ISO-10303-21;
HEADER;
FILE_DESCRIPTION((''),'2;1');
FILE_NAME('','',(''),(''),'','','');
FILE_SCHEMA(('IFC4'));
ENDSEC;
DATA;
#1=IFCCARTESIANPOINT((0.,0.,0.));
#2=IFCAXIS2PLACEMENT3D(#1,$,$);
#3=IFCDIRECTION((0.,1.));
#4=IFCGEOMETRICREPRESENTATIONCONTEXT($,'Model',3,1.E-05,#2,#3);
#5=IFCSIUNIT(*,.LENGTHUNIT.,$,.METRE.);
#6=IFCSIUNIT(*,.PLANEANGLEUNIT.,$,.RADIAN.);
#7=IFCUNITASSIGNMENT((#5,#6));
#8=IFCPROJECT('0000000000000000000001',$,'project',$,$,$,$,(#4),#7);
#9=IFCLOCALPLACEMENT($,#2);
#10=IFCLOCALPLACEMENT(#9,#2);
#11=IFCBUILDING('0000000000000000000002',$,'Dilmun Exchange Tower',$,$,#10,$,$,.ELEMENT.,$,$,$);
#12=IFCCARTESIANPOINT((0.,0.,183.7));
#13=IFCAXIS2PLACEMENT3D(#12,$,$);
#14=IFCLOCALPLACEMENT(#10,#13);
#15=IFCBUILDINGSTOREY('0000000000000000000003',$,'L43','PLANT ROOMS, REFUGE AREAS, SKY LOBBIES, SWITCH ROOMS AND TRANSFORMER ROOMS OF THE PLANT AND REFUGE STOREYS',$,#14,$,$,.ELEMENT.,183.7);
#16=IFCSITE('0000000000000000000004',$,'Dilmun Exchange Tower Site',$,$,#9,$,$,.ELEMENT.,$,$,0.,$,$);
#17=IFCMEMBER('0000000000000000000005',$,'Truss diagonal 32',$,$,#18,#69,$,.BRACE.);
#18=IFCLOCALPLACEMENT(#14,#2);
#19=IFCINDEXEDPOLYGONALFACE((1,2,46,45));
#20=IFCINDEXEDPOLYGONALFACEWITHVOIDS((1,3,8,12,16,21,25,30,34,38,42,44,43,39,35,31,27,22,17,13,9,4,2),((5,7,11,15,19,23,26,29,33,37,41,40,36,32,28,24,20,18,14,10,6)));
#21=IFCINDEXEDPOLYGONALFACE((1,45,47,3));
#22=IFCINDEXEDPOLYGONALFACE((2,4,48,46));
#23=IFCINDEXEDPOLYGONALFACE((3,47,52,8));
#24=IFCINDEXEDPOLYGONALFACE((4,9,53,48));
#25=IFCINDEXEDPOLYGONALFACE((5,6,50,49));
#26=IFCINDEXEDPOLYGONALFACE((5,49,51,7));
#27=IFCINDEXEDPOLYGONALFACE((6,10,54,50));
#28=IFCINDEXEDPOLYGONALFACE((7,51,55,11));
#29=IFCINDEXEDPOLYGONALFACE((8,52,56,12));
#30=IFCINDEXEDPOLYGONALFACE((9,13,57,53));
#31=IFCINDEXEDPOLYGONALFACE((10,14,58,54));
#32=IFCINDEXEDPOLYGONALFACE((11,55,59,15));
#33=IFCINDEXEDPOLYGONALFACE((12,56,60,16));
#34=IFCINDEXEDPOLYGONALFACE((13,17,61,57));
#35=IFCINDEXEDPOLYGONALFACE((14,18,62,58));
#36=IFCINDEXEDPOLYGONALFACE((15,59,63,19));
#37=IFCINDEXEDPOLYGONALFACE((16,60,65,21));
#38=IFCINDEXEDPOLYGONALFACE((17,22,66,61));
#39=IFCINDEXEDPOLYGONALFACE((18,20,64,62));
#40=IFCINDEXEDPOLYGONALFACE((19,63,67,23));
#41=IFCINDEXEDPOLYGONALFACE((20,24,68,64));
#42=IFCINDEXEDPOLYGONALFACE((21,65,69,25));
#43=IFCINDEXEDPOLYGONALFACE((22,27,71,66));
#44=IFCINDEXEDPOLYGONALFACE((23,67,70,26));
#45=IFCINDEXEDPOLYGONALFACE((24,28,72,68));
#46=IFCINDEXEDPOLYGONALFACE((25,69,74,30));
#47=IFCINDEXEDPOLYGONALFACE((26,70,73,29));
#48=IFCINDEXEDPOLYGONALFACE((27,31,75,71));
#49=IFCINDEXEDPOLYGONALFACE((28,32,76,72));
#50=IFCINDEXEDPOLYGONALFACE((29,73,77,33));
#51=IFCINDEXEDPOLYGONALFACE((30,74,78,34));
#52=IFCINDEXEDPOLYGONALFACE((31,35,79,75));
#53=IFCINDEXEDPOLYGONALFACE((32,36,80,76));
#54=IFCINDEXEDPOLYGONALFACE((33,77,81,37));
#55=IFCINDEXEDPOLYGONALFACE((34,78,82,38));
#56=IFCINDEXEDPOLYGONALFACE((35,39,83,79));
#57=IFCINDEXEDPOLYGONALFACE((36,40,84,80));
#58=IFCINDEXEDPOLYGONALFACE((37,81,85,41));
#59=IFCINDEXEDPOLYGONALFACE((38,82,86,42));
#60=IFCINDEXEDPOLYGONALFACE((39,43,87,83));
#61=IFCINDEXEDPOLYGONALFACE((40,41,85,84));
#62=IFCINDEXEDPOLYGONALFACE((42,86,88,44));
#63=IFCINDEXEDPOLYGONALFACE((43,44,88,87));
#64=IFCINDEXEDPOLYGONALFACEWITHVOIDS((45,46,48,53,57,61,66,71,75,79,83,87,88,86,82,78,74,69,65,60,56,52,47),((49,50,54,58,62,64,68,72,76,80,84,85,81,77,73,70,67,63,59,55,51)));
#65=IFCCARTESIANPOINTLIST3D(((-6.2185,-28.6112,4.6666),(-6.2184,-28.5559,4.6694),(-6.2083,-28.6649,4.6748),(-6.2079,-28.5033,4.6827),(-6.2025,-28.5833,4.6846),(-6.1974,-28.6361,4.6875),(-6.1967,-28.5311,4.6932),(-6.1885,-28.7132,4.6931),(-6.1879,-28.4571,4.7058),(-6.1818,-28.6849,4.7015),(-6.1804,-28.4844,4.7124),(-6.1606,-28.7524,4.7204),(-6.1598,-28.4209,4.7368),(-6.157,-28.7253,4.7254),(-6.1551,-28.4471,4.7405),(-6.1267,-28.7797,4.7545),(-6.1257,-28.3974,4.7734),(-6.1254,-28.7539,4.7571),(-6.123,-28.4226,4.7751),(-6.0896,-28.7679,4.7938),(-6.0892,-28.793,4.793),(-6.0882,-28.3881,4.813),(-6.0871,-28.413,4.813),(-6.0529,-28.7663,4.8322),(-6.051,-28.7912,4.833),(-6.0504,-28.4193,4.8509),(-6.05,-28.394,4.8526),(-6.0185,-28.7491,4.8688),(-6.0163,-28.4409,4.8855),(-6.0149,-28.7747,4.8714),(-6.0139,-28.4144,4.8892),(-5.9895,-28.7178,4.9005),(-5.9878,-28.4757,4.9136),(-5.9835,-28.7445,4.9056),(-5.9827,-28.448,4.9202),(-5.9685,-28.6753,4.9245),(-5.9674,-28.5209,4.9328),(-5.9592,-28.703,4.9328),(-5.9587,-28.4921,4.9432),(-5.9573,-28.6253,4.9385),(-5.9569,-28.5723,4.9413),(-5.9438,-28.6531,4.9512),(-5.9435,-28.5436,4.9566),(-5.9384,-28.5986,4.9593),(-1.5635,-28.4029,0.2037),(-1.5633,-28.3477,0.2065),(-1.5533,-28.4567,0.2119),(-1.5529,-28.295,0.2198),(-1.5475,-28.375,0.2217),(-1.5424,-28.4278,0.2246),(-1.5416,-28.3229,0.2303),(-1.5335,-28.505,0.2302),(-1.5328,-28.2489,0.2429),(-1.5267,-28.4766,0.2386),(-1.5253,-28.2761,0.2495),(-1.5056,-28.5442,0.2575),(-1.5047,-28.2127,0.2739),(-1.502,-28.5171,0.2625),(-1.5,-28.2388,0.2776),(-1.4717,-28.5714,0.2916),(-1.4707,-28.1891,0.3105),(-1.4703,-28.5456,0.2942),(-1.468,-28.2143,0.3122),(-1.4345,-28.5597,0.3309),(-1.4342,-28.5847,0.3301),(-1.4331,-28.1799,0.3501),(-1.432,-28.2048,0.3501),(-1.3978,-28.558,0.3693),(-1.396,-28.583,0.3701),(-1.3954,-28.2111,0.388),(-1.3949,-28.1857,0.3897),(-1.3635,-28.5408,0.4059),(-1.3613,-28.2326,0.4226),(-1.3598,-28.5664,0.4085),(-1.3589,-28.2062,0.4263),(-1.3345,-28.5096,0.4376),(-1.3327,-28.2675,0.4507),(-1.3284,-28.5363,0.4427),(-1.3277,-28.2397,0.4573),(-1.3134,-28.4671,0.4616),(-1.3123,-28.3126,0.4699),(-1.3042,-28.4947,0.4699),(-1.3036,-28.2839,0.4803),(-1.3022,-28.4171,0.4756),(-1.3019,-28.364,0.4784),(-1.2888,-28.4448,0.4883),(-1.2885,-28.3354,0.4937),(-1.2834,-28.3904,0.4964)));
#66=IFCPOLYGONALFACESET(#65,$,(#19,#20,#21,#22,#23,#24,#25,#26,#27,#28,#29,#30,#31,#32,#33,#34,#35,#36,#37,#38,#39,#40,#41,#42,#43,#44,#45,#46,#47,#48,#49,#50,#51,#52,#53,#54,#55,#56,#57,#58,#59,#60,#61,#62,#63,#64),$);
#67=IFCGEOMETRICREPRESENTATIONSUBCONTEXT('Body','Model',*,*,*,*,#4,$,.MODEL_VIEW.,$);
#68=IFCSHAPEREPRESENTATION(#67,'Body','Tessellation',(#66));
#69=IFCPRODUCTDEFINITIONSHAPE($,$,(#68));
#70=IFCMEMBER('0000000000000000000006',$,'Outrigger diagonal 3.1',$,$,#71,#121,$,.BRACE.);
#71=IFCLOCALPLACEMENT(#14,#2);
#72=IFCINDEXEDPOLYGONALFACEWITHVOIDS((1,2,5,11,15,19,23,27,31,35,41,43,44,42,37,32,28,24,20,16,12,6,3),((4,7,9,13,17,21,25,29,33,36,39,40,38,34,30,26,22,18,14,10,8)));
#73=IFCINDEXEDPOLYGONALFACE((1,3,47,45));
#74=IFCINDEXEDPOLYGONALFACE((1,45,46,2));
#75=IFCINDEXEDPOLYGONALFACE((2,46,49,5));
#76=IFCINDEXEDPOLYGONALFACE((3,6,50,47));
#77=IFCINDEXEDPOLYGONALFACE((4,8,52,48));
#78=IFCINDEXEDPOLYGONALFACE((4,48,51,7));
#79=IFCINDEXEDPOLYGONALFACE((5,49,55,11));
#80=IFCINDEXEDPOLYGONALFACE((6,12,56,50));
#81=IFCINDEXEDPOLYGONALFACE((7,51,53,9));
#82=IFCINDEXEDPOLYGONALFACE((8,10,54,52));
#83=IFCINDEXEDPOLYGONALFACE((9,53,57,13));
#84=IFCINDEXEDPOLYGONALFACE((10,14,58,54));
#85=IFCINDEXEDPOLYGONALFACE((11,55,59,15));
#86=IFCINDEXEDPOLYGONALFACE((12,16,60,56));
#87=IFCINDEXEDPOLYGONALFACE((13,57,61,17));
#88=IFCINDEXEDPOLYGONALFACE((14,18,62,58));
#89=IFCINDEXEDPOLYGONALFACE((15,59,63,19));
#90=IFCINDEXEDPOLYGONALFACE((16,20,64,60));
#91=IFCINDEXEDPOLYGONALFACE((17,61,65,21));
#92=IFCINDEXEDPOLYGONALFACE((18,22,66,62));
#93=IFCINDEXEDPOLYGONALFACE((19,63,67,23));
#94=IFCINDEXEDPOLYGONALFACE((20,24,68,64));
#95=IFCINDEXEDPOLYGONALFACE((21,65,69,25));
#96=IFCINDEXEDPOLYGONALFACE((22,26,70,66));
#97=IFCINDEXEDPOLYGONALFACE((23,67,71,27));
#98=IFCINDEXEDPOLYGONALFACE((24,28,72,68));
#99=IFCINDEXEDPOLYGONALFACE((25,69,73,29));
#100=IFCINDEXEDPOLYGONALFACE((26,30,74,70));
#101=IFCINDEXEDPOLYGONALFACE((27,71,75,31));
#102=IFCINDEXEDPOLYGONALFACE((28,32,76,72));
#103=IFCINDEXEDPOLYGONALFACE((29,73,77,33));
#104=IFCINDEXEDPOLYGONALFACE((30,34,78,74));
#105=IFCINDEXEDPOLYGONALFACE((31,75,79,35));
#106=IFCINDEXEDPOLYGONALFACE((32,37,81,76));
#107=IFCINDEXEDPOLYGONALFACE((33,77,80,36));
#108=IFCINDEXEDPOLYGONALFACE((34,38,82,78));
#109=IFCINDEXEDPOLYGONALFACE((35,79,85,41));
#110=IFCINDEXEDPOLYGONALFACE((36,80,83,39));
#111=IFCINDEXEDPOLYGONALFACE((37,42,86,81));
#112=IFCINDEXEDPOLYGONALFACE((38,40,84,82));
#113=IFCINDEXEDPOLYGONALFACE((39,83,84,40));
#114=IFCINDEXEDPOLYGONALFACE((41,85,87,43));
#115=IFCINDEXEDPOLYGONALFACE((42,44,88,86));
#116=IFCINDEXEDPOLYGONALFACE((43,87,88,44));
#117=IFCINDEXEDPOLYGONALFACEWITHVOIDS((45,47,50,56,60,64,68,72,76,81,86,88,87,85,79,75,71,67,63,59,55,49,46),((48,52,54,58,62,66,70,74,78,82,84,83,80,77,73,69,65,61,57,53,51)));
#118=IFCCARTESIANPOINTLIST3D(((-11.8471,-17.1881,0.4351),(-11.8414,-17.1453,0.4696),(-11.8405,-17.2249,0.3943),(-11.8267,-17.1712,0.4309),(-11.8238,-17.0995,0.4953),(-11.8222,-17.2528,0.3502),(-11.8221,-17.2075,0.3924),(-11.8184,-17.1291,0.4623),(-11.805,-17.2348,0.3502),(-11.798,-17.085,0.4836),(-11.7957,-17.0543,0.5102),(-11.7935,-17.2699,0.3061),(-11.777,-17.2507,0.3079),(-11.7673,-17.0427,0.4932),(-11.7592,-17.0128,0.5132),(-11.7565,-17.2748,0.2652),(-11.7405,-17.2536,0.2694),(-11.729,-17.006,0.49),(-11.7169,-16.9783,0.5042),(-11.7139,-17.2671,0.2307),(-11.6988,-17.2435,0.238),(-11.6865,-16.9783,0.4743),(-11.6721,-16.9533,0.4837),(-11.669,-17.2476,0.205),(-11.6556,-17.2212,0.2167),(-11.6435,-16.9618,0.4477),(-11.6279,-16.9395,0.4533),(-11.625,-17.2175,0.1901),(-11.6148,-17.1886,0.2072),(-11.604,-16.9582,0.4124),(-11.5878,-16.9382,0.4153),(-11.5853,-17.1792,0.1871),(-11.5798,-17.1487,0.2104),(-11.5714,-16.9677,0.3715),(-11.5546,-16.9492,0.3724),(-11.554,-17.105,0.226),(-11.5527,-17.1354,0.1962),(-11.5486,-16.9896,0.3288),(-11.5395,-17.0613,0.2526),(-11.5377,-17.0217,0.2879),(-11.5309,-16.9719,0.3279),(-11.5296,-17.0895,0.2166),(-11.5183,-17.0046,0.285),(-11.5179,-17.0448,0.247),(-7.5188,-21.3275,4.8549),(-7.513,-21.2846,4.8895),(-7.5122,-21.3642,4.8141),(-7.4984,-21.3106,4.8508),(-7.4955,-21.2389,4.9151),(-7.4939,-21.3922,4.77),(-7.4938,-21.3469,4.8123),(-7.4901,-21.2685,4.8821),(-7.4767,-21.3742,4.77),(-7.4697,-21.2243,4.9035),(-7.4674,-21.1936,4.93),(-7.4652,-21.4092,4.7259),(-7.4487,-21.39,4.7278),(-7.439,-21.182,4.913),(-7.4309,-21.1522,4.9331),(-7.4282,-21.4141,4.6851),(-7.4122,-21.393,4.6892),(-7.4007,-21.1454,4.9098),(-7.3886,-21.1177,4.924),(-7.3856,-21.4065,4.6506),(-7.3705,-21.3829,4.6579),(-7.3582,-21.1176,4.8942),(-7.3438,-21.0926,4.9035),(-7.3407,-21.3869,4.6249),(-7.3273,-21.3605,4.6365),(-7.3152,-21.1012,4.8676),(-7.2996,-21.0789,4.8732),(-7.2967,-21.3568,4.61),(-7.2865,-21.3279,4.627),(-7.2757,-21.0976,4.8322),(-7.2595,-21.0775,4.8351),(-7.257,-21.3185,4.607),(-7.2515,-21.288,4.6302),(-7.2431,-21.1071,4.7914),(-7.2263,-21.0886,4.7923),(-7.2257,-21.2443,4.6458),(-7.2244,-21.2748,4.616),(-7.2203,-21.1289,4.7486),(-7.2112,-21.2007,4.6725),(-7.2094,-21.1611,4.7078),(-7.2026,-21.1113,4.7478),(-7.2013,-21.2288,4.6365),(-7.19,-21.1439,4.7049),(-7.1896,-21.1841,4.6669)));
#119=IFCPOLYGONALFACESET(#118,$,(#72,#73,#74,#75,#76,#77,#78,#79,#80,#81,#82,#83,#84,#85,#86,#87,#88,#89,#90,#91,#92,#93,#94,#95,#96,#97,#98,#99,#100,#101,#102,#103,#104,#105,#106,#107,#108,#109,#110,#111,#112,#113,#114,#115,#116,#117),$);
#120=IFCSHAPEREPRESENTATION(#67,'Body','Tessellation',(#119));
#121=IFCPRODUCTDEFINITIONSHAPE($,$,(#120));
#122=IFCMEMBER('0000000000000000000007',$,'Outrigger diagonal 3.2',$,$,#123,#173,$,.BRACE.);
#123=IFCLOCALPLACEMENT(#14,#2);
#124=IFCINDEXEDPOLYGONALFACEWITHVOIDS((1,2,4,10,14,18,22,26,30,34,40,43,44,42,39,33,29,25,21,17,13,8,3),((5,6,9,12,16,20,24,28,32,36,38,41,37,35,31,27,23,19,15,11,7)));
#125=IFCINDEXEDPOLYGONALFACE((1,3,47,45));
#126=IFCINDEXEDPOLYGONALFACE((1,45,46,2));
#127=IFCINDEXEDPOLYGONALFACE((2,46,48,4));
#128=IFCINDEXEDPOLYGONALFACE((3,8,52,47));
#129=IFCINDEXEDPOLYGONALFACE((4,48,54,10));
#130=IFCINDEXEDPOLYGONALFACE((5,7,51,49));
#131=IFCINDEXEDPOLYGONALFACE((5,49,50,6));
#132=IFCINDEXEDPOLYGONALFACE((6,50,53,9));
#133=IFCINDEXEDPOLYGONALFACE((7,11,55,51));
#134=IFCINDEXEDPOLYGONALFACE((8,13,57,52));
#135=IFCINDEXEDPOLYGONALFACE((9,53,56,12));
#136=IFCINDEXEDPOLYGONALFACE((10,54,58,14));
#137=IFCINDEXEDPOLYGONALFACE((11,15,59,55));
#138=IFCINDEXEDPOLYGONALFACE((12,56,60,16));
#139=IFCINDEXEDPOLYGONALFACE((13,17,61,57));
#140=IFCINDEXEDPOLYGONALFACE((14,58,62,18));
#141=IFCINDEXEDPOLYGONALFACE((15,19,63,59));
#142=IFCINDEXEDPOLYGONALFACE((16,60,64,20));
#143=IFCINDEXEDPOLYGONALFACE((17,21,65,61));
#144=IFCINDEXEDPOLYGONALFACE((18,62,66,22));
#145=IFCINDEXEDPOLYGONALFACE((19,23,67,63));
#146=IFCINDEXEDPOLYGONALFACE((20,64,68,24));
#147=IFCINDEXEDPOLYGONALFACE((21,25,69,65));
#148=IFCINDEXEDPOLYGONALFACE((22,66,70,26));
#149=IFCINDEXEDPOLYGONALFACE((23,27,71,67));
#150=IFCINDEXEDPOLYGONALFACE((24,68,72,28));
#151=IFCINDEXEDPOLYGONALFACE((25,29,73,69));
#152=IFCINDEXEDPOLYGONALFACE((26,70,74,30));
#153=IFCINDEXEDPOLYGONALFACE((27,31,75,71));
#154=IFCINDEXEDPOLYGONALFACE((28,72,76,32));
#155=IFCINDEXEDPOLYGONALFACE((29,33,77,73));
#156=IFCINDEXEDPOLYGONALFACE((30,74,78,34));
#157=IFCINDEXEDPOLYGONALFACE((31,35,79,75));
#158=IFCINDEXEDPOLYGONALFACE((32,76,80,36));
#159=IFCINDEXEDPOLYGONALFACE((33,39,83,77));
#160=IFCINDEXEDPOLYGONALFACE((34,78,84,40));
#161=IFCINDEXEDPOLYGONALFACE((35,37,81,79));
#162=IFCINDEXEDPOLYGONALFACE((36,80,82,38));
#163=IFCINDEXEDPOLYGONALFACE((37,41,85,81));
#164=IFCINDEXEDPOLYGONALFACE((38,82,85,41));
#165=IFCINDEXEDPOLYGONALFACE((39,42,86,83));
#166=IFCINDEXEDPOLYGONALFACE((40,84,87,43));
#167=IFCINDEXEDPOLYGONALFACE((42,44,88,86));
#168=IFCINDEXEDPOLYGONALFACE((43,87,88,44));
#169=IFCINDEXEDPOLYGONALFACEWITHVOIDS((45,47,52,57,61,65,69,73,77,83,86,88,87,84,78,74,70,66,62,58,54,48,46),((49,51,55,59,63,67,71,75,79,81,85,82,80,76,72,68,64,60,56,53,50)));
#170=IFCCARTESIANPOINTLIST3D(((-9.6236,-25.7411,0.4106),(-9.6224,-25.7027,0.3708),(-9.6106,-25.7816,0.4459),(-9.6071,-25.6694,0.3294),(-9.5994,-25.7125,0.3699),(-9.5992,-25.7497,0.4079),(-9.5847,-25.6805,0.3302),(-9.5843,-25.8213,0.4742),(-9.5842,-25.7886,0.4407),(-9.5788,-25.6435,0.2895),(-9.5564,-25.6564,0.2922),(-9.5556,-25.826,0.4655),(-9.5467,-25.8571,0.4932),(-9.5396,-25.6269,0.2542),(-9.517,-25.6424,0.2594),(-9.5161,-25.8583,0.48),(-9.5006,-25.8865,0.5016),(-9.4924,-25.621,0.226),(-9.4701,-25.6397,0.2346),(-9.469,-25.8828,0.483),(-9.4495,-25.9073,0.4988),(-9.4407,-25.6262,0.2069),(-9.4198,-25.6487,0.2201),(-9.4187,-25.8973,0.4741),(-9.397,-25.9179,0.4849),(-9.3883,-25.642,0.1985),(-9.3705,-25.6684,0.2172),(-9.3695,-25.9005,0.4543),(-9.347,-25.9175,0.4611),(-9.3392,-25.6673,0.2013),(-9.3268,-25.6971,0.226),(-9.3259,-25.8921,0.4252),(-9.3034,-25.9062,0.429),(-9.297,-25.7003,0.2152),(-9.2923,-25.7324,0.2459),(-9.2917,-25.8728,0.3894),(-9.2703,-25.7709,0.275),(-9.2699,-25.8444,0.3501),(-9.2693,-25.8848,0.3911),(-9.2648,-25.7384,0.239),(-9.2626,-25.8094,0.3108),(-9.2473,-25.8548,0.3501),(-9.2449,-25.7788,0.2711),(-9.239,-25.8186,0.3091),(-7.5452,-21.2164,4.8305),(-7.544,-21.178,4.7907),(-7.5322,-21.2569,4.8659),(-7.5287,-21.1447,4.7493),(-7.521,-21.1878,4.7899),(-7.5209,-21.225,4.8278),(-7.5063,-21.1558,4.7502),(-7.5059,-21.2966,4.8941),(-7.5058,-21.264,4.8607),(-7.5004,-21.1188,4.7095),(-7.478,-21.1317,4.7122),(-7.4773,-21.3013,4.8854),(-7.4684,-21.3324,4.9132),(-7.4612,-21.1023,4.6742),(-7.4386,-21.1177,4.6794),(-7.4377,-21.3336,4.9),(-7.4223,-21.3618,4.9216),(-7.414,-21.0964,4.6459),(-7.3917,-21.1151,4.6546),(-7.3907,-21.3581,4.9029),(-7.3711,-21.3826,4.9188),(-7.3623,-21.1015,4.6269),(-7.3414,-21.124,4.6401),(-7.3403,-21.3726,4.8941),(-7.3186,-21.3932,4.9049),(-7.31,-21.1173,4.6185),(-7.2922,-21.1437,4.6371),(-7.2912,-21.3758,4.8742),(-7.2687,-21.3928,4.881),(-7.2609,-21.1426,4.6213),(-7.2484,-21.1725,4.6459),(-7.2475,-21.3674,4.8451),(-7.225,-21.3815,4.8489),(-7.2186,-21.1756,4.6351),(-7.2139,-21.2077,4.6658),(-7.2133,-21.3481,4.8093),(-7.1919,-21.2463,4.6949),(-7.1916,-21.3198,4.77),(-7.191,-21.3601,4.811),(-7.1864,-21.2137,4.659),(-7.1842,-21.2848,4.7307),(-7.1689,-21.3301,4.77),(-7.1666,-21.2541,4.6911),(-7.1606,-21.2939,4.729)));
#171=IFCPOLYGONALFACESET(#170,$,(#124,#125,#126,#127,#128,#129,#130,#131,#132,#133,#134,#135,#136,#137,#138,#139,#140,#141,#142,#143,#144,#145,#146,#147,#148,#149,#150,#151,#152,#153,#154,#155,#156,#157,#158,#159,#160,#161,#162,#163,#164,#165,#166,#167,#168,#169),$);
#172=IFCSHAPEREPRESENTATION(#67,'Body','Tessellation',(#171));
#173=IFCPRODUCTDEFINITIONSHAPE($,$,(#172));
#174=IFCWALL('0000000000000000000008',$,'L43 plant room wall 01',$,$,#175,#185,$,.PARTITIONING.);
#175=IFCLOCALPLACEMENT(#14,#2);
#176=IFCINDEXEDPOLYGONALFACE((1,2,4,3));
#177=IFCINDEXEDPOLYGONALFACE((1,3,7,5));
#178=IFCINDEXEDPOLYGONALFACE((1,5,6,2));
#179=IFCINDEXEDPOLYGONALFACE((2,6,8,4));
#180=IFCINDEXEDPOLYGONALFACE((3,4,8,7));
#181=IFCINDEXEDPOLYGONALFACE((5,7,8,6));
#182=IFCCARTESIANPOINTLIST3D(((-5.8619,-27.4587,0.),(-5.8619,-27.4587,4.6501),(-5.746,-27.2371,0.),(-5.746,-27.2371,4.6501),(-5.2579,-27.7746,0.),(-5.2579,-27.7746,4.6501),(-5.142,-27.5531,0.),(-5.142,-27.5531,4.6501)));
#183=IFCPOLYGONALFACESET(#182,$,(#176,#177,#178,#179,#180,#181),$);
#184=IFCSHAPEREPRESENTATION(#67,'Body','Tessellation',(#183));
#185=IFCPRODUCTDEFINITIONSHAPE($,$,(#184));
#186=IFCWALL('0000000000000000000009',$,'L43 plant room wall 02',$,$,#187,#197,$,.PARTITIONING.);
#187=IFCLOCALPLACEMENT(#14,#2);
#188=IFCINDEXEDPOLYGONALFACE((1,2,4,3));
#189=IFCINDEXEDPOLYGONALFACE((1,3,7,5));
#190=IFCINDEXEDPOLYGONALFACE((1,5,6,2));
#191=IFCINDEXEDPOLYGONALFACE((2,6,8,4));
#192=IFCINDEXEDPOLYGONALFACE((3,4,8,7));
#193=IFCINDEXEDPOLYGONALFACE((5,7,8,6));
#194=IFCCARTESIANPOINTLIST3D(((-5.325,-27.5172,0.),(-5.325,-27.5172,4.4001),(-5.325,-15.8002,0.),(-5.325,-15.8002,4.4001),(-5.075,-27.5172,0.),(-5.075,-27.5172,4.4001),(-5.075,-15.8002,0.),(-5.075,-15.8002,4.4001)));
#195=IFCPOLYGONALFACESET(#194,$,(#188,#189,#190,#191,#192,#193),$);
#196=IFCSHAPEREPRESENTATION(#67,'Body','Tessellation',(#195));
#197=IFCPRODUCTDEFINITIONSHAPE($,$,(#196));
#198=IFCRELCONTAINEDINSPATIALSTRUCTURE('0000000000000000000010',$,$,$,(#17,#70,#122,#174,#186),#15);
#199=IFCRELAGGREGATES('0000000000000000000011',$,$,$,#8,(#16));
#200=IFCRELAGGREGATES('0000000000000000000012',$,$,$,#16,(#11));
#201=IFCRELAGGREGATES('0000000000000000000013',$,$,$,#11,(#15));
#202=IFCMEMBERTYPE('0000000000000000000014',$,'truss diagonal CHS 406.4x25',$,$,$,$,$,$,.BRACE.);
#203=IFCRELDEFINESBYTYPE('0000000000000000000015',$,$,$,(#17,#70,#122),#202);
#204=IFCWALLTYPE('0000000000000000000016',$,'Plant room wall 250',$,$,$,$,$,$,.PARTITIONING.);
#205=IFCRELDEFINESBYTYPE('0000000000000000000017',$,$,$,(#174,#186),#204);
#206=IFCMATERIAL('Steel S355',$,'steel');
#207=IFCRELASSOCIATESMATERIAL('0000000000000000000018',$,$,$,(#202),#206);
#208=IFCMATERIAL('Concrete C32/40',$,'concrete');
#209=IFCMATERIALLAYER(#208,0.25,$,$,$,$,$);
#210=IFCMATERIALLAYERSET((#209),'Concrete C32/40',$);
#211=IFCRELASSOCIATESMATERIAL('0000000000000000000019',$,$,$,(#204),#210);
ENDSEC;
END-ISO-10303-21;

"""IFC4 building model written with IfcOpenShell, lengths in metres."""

from ifc_helpers import new_model, si_unit, direction, frame, frame_2d, origin, origin_2d, place, context, subcontext, project, spatial, rectangle, hollow_circle, extrude, material, layer, layer_set, material_profile, profile_set, type_object, element, save


model = new_model("IFC4")

# Units and contexts
model_context = context("Model", 3, precision=1e-05, world=origin(), true_north=direction((0.0, 1.0)))
body_context = subcontext(model_context, "Body", "Model", "MODEL_VIEW")
ifc_project = project(units=[si_unit("LENGTHUNIT", "METRE"), si_unit("PLANEANGLEUNIT", "RADIAN")], contexts=[model_context])

# Site, building, storey
site_placement = place(None, origin())
site = spatial("IfcSite", under=ifc_project, at=site_placement, Name="Dilmun Exchange Tower Site", CompositionType="ELEMENT", RefElevation=0.0)
building_placement = place(site_placement, origin())
building = spatial("IfcBuilding", under=site, at=building_placement, Name="Dilmun Exchange Tower", CompositionType="ELEMENT")
storey_placement = place(building_placement, frame((0.0, 0.0, 183.7)))
storey = spatial("IfcBuildingStorey", under=building, at=storey_placement, Name="L43", Description="PLANT ROOMS, REFUGE AREAS, SKY LOBBIES, SWITCH ROOMS AND TRANSFORMER ROOMS OF THE PLANT AND REFUGE STOREYS", CompositionType="ELEMENT", Elevation=183.7)

# Members
ifc_material_1 = material(Name="Steel S355", Category="steel")
ifc_material_profile_1 = material_profile(ifc_material_1, hollow_circle(Radius=0.2031, WallThickness=0.0249, at=origin_2d()), Name="CHS 406.4x25")
ifc_profile_set_1 = profile_set([ifc_material_profile_1], Name="Steel S355")
member_type_1 = type_object("IfcMemberType", Name="truss diagonal CHS 406.4x25", PredefinedType="BRACE", material=ifc_profile_set_1)
member_1_placement = place(storey_placement, frame((-6.0791, -28.5911, 4.813), z_axis=(0.721471, 0.032276, -0.691692), x_axis=(-0.044692, 0.999001, 0.0)))
element("IfcMember", 1, at=member_1_placement, inside=storey, type_object=member_type_1, Name="Truss diagonal 32", PredefinedType="BRACE", context=body_context, shape_type="SweptSolid", body=[
    extrude(hollow_circle(Radius=0.2031, WallThickness=0.0249, at=origin_2d()), origin(), (0.0, 0.0, 1.0), 6.4521),
])
member_2_placement = place(storey_placement, frame((-7.3535, -21.2454, 4.77), z_axis=(-0.581499, 0.556113, -0.593799), x_axis=(-0.691155, -0.722706, 0.0)))
element("IfcMember", 2, at=member_2_placement, inside=storey, type_object=member_type_1, Name="Outrigger diagonal 3.1", PredefinedType="BRACE", context=body_context, shape_type="SweptSolid", body=[
    extrude(hollow_circle(Radius=0.2031, WallThickness=0.0249, at=origin_2d()), origin(), (0.0, 0.0, 1.0), 7.4434),
])
member_3_placement = place(storey_placement, frame((-7.3535, -21.2454, 4.77), z_axis=(-0.312165, -0.679591, -0.66386), x_axis=(0.908717, -0.417413, 0.0)))
element("IfcMember", 3, at=member_3_placement, inside=storey, type_object=member_type_1, Name="Outrigger diagonal 3.2", PredefinedType="BRACE", context=body_context, shape_type="SweptSolid", body=[
    extrude(hollow_circle(Radius=0.2031, WallThickness=0.0249, at=origin_2d()), origin(), (0.0, 0.0, 1.0), 6.658),
])

# Walls
ifc_material_2 = material(Name="Concrete C32/40", Category="concrete")
ifc_layer_1 = layer(ifc_material_2, 0.25)
ifc_layer_set_1 = layer_set([ifc_layer_1], Name="Concrete C32/40")
wall_type = type_object("IfcWallType", Name="Plant room wall 250", PredefinedType="PARTITIONING", material=ifc_layer_set_1)
wall_1_placement = place(storey_placement, frame((-5.804, -27.3479, 0.0), z_axis=(0.0, 0.0, 1.0), x_axis=(0.886112, -0.463472, 0.0)))
element("IfcWall", 4, at=wall_1_placement, inside=storey, type_object=wall_type, Name="L43 plant room wall 01", PredefinedType="PARTITIONING", context=body_context, shape_type="SweptSolid", body=[
    extrude(rectangle(XDim=0.6816, YDim=0.25, at=frame_2d((0.3408, 0.0))), origin(), (0.0, 0.0, 1.0), 4.6501),
])
wall_2_placement = place(storey_placement, frame((-5.2, -27.5171, 0.0), z_axis=(0.0, 0.0, 1.0), x_axis=(0.0, 1.0, 0.0)))
element("IfcWall", 5, at=wall_2_placement, inside=storey, type_object=wall_type, Name="L43 plant room wall 02", PredefinedType="PARTITIONING", context=body_context, shape_type="SweptSolid", body=[
    extrude(rectangle(XDim=11.717, YDim=0.25, at=frame_2d((5.8584, 0.0))), origin(), (0.0, 0.0, 1.0), 4.4001),
])

save(model, "model.ifc")
